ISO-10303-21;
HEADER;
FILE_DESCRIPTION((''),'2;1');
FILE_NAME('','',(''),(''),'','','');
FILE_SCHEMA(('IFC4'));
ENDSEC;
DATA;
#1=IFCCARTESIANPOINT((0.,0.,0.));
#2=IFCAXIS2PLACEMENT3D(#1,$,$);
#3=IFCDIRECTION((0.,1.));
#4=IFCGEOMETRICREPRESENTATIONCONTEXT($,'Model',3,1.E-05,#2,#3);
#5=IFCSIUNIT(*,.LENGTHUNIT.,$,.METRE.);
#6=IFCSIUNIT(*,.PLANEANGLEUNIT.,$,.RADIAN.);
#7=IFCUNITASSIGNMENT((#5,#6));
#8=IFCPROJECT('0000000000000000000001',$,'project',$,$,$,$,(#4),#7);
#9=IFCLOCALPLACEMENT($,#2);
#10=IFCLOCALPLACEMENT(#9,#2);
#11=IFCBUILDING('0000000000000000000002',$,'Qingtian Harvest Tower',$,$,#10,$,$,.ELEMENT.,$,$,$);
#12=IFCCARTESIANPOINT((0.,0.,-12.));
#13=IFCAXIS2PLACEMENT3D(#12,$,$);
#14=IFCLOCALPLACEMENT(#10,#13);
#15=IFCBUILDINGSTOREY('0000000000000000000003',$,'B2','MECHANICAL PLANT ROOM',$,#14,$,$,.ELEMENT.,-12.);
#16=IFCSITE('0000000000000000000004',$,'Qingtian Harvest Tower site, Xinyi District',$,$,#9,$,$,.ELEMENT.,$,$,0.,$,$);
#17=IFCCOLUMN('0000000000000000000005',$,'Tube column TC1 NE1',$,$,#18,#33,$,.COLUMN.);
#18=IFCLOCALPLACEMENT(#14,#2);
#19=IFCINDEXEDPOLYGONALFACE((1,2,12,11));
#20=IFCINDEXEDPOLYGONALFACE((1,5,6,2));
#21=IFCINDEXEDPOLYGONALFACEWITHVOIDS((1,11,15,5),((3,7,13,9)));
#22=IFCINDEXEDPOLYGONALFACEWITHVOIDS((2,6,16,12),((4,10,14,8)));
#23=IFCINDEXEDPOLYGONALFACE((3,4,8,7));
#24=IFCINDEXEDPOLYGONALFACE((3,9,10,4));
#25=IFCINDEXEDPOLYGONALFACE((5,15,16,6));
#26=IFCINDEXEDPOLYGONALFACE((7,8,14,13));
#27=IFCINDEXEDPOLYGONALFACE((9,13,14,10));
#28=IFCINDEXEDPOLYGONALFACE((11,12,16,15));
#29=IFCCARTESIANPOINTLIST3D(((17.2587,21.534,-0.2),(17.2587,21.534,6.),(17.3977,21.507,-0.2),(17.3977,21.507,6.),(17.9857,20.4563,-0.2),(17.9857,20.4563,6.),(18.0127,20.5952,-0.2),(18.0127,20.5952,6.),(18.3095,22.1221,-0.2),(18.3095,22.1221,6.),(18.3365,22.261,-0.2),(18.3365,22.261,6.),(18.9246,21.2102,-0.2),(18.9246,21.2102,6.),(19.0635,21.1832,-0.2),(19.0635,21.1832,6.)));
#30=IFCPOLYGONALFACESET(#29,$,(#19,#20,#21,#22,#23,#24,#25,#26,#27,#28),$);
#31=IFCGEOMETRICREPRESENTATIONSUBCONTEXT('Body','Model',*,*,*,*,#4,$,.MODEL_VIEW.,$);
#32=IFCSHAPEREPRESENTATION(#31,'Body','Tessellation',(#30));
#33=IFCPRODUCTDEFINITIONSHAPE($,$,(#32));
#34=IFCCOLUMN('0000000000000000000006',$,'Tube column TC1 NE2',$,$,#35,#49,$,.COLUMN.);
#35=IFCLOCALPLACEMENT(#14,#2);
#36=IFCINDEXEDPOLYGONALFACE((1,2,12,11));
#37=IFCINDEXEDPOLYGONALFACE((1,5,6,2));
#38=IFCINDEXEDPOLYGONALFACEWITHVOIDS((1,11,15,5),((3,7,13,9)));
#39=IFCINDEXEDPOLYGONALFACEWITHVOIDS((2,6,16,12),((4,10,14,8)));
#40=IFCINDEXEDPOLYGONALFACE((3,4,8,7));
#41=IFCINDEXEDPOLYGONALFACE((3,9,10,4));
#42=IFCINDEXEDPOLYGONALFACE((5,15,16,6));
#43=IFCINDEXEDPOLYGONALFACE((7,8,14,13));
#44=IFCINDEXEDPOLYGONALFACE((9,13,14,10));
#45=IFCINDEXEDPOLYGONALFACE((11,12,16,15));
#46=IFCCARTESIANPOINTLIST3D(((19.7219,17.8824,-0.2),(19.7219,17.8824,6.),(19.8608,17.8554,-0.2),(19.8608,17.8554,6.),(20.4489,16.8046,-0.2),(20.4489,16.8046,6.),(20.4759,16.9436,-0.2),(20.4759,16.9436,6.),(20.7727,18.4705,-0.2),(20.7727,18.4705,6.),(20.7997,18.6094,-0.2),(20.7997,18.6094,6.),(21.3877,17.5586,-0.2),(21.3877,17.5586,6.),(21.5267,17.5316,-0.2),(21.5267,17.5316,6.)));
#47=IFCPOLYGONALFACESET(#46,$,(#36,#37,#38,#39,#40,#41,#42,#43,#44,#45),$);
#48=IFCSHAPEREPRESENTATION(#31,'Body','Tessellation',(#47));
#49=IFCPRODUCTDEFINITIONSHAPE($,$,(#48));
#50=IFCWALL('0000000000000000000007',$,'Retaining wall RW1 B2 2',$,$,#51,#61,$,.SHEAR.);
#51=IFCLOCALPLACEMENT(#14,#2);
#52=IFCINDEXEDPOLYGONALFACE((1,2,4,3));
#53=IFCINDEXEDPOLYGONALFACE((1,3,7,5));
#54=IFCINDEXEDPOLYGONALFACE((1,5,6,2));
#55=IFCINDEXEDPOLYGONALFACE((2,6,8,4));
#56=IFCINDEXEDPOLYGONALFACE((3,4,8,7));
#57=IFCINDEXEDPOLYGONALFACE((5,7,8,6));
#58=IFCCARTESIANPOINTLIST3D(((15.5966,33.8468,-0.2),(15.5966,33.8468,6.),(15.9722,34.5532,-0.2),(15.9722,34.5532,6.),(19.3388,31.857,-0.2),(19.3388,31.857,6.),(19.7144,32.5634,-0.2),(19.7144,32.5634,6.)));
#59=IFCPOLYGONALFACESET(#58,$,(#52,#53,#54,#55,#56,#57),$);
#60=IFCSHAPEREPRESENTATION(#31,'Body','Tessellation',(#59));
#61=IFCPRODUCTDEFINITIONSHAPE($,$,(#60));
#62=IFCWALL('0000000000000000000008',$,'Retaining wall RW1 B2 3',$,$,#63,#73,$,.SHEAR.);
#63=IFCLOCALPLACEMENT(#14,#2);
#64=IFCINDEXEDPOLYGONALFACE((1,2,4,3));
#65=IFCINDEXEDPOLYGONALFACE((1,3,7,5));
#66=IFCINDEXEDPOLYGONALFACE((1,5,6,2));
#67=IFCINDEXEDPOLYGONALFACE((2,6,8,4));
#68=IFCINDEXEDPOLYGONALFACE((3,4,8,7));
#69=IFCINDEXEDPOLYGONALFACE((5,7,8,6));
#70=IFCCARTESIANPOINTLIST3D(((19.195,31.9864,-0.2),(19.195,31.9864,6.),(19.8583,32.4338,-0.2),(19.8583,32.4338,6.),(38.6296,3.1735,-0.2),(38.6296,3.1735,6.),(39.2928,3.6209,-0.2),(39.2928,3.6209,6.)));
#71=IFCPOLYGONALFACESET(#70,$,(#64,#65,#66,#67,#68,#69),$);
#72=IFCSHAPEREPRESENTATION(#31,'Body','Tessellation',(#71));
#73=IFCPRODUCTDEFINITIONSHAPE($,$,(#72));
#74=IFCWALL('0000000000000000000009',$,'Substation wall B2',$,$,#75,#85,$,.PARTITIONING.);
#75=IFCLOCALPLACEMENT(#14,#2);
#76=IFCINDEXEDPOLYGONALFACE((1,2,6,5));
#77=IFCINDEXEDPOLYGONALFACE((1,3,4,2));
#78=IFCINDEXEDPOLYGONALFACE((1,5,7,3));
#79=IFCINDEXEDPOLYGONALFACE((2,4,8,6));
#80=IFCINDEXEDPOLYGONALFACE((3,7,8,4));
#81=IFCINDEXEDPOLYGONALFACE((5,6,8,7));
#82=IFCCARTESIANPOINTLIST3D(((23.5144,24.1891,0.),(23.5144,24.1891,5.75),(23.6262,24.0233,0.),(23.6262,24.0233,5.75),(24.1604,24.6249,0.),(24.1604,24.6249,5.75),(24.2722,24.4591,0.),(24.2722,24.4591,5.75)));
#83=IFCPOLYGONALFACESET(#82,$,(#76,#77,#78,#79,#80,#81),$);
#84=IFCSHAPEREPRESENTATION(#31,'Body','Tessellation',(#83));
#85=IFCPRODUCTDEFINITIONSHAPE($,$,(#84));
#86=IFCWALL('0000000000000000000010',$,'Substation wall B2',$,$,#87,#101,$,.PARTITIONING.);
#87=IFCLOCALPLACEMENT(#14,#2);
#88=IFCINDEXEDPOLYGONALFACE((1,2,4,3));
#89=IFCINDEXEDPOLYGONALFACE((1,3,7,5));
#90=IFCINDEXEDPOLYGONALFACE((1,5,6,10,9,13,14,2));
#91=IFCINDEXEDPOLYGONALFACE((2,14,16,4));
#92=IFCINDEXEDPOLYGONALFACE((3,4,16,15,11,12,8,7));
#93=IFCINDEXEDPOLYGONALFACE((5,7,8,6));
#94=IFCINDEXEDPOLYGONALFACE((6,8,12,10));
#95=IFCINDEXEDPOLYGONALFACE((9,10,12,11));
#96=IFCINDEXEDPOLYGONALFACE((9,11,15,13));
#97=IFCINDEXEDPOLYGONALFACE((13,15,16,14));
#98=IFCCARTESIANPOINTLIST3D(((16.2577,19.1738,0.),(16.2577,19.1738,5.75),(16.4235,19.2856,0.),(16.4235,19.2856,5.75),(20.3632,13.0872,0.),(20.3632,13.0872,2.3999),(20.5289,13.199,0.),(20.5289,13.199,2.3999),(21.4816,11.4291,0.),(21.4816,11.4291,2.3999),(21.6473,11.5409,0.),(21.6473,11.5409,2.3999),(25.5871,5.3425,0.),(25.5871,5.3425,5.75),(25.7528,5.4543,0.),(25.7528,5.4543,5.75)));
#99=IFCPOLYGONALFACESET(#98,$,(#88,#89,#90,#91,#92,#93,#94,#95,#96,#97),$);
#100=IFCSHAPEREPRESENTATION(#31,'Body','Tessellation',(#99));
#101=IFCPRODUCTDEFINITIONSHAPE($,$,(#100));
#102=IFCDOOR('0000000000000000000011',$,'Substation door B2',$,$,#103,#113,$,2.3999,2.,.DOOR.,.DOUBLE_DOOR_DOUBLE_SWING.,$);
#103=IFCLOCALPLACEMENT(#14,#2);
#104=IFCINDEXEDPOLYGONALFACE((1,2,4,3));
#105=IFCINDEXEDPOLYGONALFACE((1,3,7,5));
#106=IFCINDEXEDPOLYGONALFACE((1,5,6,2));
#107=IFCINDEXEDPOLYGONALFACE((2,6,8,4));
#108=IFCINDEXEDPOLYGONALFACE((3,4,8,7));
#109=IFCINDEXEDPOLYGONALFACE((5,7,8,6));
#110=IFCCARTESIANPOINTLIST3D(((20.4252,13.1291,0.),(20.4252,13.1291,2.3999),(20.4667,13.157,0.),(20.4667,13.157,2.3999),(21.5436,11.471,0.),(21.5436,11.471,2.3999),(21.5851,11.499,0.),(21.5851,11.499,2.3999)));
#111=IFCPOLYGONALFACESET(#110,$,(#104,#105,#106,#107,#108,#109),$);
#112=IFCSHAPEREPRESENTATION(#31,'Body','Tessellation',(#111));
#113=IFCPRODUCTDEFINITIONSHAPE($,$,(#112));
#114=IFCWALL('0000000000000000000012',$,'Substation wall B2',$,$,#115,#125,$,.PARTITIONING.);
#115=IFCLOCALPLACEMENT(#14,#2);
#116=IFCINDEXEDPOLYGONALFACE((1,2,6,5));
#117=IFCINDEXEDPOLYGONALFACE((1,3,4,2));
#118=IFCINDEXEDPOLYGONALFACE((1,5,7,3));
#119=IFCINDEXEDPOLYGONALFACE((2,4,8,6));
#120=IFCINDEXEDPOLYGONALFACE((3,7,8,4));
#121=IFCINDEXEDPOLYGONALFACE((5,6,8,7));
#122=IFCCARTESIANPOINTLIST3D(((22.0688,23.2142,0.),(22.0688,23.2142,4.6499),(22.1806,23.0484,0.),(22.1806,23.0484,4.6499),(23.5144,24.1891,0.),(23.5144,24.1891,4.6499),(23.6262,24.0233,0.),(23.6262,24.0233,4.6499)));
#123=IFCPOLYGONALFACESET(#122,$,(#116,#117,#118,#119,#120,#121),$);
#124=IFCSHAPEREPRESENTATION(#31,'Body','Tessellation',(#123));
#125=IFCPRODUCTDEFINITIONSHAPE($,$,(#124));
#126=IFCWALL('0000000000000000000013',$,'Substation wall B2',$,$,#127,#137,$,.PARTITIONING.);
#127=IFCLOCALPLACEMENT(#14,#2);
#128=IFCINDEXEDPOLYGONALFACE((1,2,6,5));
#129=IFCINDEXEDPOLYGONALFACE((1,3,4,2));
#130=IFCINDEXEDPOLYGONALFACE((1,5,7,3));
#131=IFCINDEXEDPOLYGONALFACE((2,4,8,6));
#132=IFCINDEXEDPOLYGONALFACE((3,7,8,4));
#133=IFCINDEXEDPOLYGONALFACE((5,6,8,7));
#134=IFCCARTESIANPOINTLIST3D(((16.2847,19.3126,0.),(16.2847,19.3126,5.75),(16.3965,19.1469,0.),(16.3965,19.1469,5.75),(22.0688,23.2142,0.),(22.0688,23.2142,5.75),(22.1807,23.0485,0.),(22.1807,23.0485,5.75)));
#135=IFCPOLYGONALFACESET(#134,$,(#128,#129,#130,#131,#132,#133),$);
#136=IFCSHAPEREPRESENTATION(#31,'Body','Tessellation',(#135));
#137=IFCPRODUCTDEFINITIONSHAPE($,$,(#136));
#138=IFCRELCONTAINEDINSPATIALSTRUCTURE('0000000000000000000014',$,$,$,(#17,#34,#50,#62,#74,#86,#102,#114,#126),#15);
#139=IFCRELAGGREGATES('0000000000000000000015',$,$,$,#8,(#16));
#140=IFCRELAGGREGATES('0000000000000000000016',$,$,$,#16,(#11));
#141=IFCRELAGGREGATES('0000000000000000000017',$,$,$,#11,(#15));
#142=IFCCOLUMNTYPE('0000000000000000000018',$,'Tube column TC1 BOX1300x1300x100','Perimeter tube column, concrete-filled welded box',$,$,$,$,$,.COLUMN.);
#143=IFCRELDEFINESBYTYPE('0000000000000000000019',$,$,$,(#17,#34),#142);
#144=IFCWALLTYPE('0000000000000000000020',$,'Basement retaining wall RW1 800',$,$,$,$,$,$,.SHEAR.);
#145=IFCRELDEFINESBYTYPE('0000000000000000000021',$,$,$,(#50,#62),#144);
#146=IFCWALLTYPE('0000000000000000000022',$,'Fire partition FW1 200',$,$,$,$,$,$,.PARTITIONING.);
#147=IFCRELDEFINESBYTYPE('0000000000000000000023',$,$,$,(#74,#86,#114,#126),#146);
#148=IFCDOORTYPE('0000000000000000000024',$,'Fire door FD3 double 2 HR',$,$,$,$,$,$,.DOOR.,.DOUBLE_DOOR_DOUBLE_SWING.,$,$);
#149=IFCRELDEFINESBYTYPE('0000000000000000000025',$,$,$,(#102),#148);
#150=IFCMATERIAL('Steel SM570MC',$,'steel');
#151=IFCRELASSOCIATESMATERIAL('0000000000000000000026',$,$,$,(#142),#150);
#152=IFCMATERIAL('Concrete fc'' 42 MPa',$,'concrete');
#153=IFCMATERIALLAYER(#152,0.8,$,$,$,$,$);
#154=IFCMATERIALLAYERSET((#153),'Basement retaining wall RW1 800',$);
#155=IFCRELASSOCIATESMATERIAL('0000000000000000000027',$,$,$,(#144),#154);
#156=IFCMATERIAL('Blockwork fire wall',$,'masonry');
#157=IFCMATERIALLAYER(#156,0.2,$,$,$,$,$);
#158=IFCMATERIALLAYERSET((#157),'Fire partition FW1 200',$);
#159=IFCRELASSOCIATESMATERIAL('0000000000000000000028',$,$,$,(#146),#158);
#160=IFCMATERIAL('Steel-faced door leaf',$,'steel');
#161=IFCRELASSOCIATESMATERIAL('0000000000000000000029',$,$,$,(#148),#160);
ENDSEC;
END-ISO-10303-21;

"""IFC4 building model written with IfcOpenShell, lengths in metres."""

from ifc_helpers import new_model, si_unit, direction, frame, frame_2d, origin, origin_2d, place, context, subcontext, project, spatial, rectangle, hollow_rectangle, extrude, material, layer, layer_set, material_profile, profile_set, type_object, element, fill, save


model = new_model("IFC4")

# Units and contexts
model_context = context("Model", 3, precision=1e-05, world=origin(), true_north=direction((0.0, 1.0)))
body_context = subcontext(model_context, "Body", "Model", "MODEL_VIEW")
ifc_project = project(units=[si_unit("LENGTHUNIT", "METRE"), si_unit("PLANEANGLEUNIT", "RADIAN")], contexts=[model_context])

# Site, building, storey
site_placement = place(None, origin())
site = spatial("IfcSite", under=ifc_project, at=site_placement, Name="Qingtian Harvest Tower site, Xinyi District", CompositionType="ELEMENT", RefElevation=0.0)
building_placement = place(site_placement, origin())
building = spatial("IfcBuilding", under=site, at=building_placement, Name="Qingtian Harvest Tower", CompositionType="ELEMENT")
storey_placement = place(building_placement, frame((0.0, 0.0, -12.0)))
storey = spatial("IfcBuildingStorey", under=building, at=storey_placement, Name="B2", Description="MECHANICAL PLANT ROOM", CompositionType="ELEMENT", Elevation=-12.0)

# Columns
ifc_material_1 = material(Name="Steel SM570MC", Category="steel")
ifc_material_profile_1 = material_profile(ifc_material_1, hollow_rectangle(XDim=1.3, YDim=1.3, WallThickness=0.1001, at=origin_2d()), Name="BOX1300x1300x100")
ifc_profile_set_1 = profile_set([ifc_material_profile_1], Name="Steel SM570MC")
column_type_1 = type_object("IfcColumnType", Name="Tube column TC1 BOX1300x1300x100", Description="Perimeter tube column, concrete-filled welded box", PredefinedType="COLUMN", material=ifc_profile_set_1)
for number, where, z_axis, x_axis, name in (
    (1, (18.1611, 21.3586, -0.2), (0.0, 0.0, 1.0), (-0.559193, 0.829038, 0.0), "Tube column TC1 NE1"),
    (2, (20.6243, 17.707, -0.2), (0.0, 0.0, 1.0), (-0.559193, 0.829038, 0.0), "Tube column TC1 NE2"),
):
    element("IfcColumn", number, at=place(storey_placement, frame(where, z_axis=z_axis, x_axis=x_axis)), inside=storey, type_object=column_type_1, Name=name, PredefinedType="COLUMN", context=body_context, shape_type="SweptSolid", body=[
        extrude(hollow_rectangle(XDim=1.3, YDim=1.3, WallThickness=0.1001, at=origin_2d()), origin(), (0.0, 0.0, 1.0), 6.2),
    ])

# Walls
ifc_material_2 = material(Name="Concrete fc' 42 MPa", Category="concrete")
ifc_layer_1 = layer(ifc_material_2, 0.8)
ifc_layer_set_1 = layer_set([ifc_layer_1], Name="Basement retaining wall RW1 800")
wall_type_1 = type_object("IfcWallType", Name="Basement retaining wall RW1 800", PredefinedType="SHEAR", material=ifc_layer_set_1)
wall_1_placement = place(storey_placement, frame((15.7844, 34.2, -0.2), z_axis=(0.0, 0.0, 1.0), x_axis=(0.882949, -0.46947, 0.0)))
element("IfcWall", 3, at=wall_1_placement, inside=storey, type_object=wall_type_1, Name="Retaining wall RW1 B2 2", PredefinedType="SHEAR", context=body_context, shape_type="SweptSolid", body=[
    extrude(rectangle(XDim=4.2383, YDim=0.8, at=frame_2d((2.1191, 0.0))), origin(), (0.0, 0.0, 1.0), 6.2),
])
wall_2_placement = place(storey_placement, frame((19.5266, 32.2102, -0.2), z_axis=(0.0, 0.0, 1.0), x_axis=(0.559192, -0.829038, 0.0)))
element("IfcWall", 4, at=wall_2_placement, inside=storey, type_object=wall_type_1, Name="Retaining wall RW1 B2 3", PredefinedType="SHEAR", context=body_context, shape_type="SweptSolid", body=[
    extrude(rectangle(XDim=34.7546, YDim=0.8, at=frame_2d((17.3774, 0.0))), origin(), (0.0, 0.0, 1.0), 6.2),
])
ifc_material_3 = material(Name="Blockwork fire wall", Category="masonry")
ifc_layer_2 = layer(ifc_material_3, 0.2)
ifc_layer_set_2 = layer_set([ifc_layer_2], Name="Fire partition FW1 200")
wall_type_2 = type_object("IfcWallType", Name="Fire partition FW1 200", PredefinedType="PARTITIONING", material=ifc_layer_set_2)
wall_3_placement = place(storey_placement, frame((24.2163, 24.542, 0.0), z_axis=(0.0, 0.0, 1.0), x_axis=(-0.829001, -0.559247, 0.0)))
element("IfcWall", 5, at=wall_3_placement, inside=storey, type_object=wall_type_2, Name="Substation wall B2", PredefinedType="PARTITIONING", context=body_context, shape_type="SweptSolid", body=[
    extrude(rectangle(XDim=0.7793, YDim=0.2, at=frame_2d((0.3896, 0.0))), origin(), (0.0, 0.0, 1.0), 5.75),
])

# Wall, opening, door
wall_4_placement = place(storey_placement, frame((16.3406, 19.2297, 0.0), z_axis=(0.0, 0.0, 1.0), x_axis=(0.559194, -0.829037, 0.0)))
wall_4 = element("IfcWall", 6, at=wall_4_placement, inside=storey, type_object=wall_type_2, Name="Substation wall B2", PredefinedType="PARTITIONING", context=body_context, shape_type="SweptSolid", body=[
    extrude(rectangle(XDim=16.6836, YDim=0.2, at=frame_2d((8.3418, 0.0))), origin(), (0.0, 0.0, 1.0), 5.75),
])
opening_placement = place(wall_4_placement, frame((7.3418, 0.0, 0.0)))
opening = element("IfcOpeningElement", 7, at=opening_placement, cuts=wall_4, PredefinedType="OPENING", context=body_context, shape_type="SweptSolid", body=[
    extrude(rectangle(XDim=2.0, YDim=2.3999, at=frame_2d((1.0, 1.2))), frame((0.0, 0.1099, 0.0), z_axis=(0.0, -1.0, 0.0), x_axis=(1.0, 0.0, 0.0)), (0.0, 0.0, 1.0), 0.22),
])
ifc_material_4 = material(Name="Steel-faced door leaf", Category="steel")
door_type = type_object("IfcDoorType", Name="Fire door FD3 double 2 HR", OperationType="DOUBLE_DOOR_DOUBLE_SWING", PredefinedType="DOOR", material=ifc_material_4)
door_placement = place(opening_placement, origin())
door = element("IfcDoor", 8, at=door_placement, inside=storey, type_object=door_type, Name="Substation door B2", OperationType="DOUBLE_DOOR_DOUBLE_SWING", OverallHeight=2.3999, OverallWidth=2.0, PredefinedType="DOOR", context=body_context, shape_type="SweptSolid", body=[
    extrude(rectangle(XDim=2.0, YDim=2.3999, at=frame_2d((1.0, 1.2))), frame((0.0, 0.0249, 0.0), z_axis=(0.0, -1.0, 0.0), x_axis=(1.0, 0.0, 0.0)), (0.0, 0.0, 1.0), 0.05),
])
fill(opening, door)

# Walls
wall_5_placement = place(storey_placement, frame((23.5703, 24.1062, 0.0), z_axis=(0.0, 0.0, 1.0), x_axis=(-0.829087, -0.559119, 0.0)))
element("IfcWall", 9, at=wall_5_placement, inside=storey, type_object=wall_type_2, Name="Substation wall B2", PredefinedType="PARTITIONING", context=body_context, shape_type="SweptSolid", body=[
    extrude(rectangle(XDim=1.7437, YDim=0.2, at=frame_2d((0.8718, 0.0))), origin(), (0.0, 0.0, 1.0), 4.6499),
])
wall_6_placement = place(storey_placement, frame((22.1248, 23.1313, 0.0), z_axis=(0.0, 0.0, 1.0), x_axis=(-0.829029, -0.559206, 0.0)))
element("IfcWall", 10, at=wall_6_placement, inside=storey, type_object=wall_type_2, Name="Substation wall B2", PredefinedType="PARTITIONING", context=body_context, shape_type="SweptSolid", body=[
    extrude(rectangle(XDim=6.9771, YDim=0.2, at=frame_2d((3.4885, 0.0))), origin(), (0.0, 0.0, 1.0), 5.75),
])

save(model, "model.ifc")
